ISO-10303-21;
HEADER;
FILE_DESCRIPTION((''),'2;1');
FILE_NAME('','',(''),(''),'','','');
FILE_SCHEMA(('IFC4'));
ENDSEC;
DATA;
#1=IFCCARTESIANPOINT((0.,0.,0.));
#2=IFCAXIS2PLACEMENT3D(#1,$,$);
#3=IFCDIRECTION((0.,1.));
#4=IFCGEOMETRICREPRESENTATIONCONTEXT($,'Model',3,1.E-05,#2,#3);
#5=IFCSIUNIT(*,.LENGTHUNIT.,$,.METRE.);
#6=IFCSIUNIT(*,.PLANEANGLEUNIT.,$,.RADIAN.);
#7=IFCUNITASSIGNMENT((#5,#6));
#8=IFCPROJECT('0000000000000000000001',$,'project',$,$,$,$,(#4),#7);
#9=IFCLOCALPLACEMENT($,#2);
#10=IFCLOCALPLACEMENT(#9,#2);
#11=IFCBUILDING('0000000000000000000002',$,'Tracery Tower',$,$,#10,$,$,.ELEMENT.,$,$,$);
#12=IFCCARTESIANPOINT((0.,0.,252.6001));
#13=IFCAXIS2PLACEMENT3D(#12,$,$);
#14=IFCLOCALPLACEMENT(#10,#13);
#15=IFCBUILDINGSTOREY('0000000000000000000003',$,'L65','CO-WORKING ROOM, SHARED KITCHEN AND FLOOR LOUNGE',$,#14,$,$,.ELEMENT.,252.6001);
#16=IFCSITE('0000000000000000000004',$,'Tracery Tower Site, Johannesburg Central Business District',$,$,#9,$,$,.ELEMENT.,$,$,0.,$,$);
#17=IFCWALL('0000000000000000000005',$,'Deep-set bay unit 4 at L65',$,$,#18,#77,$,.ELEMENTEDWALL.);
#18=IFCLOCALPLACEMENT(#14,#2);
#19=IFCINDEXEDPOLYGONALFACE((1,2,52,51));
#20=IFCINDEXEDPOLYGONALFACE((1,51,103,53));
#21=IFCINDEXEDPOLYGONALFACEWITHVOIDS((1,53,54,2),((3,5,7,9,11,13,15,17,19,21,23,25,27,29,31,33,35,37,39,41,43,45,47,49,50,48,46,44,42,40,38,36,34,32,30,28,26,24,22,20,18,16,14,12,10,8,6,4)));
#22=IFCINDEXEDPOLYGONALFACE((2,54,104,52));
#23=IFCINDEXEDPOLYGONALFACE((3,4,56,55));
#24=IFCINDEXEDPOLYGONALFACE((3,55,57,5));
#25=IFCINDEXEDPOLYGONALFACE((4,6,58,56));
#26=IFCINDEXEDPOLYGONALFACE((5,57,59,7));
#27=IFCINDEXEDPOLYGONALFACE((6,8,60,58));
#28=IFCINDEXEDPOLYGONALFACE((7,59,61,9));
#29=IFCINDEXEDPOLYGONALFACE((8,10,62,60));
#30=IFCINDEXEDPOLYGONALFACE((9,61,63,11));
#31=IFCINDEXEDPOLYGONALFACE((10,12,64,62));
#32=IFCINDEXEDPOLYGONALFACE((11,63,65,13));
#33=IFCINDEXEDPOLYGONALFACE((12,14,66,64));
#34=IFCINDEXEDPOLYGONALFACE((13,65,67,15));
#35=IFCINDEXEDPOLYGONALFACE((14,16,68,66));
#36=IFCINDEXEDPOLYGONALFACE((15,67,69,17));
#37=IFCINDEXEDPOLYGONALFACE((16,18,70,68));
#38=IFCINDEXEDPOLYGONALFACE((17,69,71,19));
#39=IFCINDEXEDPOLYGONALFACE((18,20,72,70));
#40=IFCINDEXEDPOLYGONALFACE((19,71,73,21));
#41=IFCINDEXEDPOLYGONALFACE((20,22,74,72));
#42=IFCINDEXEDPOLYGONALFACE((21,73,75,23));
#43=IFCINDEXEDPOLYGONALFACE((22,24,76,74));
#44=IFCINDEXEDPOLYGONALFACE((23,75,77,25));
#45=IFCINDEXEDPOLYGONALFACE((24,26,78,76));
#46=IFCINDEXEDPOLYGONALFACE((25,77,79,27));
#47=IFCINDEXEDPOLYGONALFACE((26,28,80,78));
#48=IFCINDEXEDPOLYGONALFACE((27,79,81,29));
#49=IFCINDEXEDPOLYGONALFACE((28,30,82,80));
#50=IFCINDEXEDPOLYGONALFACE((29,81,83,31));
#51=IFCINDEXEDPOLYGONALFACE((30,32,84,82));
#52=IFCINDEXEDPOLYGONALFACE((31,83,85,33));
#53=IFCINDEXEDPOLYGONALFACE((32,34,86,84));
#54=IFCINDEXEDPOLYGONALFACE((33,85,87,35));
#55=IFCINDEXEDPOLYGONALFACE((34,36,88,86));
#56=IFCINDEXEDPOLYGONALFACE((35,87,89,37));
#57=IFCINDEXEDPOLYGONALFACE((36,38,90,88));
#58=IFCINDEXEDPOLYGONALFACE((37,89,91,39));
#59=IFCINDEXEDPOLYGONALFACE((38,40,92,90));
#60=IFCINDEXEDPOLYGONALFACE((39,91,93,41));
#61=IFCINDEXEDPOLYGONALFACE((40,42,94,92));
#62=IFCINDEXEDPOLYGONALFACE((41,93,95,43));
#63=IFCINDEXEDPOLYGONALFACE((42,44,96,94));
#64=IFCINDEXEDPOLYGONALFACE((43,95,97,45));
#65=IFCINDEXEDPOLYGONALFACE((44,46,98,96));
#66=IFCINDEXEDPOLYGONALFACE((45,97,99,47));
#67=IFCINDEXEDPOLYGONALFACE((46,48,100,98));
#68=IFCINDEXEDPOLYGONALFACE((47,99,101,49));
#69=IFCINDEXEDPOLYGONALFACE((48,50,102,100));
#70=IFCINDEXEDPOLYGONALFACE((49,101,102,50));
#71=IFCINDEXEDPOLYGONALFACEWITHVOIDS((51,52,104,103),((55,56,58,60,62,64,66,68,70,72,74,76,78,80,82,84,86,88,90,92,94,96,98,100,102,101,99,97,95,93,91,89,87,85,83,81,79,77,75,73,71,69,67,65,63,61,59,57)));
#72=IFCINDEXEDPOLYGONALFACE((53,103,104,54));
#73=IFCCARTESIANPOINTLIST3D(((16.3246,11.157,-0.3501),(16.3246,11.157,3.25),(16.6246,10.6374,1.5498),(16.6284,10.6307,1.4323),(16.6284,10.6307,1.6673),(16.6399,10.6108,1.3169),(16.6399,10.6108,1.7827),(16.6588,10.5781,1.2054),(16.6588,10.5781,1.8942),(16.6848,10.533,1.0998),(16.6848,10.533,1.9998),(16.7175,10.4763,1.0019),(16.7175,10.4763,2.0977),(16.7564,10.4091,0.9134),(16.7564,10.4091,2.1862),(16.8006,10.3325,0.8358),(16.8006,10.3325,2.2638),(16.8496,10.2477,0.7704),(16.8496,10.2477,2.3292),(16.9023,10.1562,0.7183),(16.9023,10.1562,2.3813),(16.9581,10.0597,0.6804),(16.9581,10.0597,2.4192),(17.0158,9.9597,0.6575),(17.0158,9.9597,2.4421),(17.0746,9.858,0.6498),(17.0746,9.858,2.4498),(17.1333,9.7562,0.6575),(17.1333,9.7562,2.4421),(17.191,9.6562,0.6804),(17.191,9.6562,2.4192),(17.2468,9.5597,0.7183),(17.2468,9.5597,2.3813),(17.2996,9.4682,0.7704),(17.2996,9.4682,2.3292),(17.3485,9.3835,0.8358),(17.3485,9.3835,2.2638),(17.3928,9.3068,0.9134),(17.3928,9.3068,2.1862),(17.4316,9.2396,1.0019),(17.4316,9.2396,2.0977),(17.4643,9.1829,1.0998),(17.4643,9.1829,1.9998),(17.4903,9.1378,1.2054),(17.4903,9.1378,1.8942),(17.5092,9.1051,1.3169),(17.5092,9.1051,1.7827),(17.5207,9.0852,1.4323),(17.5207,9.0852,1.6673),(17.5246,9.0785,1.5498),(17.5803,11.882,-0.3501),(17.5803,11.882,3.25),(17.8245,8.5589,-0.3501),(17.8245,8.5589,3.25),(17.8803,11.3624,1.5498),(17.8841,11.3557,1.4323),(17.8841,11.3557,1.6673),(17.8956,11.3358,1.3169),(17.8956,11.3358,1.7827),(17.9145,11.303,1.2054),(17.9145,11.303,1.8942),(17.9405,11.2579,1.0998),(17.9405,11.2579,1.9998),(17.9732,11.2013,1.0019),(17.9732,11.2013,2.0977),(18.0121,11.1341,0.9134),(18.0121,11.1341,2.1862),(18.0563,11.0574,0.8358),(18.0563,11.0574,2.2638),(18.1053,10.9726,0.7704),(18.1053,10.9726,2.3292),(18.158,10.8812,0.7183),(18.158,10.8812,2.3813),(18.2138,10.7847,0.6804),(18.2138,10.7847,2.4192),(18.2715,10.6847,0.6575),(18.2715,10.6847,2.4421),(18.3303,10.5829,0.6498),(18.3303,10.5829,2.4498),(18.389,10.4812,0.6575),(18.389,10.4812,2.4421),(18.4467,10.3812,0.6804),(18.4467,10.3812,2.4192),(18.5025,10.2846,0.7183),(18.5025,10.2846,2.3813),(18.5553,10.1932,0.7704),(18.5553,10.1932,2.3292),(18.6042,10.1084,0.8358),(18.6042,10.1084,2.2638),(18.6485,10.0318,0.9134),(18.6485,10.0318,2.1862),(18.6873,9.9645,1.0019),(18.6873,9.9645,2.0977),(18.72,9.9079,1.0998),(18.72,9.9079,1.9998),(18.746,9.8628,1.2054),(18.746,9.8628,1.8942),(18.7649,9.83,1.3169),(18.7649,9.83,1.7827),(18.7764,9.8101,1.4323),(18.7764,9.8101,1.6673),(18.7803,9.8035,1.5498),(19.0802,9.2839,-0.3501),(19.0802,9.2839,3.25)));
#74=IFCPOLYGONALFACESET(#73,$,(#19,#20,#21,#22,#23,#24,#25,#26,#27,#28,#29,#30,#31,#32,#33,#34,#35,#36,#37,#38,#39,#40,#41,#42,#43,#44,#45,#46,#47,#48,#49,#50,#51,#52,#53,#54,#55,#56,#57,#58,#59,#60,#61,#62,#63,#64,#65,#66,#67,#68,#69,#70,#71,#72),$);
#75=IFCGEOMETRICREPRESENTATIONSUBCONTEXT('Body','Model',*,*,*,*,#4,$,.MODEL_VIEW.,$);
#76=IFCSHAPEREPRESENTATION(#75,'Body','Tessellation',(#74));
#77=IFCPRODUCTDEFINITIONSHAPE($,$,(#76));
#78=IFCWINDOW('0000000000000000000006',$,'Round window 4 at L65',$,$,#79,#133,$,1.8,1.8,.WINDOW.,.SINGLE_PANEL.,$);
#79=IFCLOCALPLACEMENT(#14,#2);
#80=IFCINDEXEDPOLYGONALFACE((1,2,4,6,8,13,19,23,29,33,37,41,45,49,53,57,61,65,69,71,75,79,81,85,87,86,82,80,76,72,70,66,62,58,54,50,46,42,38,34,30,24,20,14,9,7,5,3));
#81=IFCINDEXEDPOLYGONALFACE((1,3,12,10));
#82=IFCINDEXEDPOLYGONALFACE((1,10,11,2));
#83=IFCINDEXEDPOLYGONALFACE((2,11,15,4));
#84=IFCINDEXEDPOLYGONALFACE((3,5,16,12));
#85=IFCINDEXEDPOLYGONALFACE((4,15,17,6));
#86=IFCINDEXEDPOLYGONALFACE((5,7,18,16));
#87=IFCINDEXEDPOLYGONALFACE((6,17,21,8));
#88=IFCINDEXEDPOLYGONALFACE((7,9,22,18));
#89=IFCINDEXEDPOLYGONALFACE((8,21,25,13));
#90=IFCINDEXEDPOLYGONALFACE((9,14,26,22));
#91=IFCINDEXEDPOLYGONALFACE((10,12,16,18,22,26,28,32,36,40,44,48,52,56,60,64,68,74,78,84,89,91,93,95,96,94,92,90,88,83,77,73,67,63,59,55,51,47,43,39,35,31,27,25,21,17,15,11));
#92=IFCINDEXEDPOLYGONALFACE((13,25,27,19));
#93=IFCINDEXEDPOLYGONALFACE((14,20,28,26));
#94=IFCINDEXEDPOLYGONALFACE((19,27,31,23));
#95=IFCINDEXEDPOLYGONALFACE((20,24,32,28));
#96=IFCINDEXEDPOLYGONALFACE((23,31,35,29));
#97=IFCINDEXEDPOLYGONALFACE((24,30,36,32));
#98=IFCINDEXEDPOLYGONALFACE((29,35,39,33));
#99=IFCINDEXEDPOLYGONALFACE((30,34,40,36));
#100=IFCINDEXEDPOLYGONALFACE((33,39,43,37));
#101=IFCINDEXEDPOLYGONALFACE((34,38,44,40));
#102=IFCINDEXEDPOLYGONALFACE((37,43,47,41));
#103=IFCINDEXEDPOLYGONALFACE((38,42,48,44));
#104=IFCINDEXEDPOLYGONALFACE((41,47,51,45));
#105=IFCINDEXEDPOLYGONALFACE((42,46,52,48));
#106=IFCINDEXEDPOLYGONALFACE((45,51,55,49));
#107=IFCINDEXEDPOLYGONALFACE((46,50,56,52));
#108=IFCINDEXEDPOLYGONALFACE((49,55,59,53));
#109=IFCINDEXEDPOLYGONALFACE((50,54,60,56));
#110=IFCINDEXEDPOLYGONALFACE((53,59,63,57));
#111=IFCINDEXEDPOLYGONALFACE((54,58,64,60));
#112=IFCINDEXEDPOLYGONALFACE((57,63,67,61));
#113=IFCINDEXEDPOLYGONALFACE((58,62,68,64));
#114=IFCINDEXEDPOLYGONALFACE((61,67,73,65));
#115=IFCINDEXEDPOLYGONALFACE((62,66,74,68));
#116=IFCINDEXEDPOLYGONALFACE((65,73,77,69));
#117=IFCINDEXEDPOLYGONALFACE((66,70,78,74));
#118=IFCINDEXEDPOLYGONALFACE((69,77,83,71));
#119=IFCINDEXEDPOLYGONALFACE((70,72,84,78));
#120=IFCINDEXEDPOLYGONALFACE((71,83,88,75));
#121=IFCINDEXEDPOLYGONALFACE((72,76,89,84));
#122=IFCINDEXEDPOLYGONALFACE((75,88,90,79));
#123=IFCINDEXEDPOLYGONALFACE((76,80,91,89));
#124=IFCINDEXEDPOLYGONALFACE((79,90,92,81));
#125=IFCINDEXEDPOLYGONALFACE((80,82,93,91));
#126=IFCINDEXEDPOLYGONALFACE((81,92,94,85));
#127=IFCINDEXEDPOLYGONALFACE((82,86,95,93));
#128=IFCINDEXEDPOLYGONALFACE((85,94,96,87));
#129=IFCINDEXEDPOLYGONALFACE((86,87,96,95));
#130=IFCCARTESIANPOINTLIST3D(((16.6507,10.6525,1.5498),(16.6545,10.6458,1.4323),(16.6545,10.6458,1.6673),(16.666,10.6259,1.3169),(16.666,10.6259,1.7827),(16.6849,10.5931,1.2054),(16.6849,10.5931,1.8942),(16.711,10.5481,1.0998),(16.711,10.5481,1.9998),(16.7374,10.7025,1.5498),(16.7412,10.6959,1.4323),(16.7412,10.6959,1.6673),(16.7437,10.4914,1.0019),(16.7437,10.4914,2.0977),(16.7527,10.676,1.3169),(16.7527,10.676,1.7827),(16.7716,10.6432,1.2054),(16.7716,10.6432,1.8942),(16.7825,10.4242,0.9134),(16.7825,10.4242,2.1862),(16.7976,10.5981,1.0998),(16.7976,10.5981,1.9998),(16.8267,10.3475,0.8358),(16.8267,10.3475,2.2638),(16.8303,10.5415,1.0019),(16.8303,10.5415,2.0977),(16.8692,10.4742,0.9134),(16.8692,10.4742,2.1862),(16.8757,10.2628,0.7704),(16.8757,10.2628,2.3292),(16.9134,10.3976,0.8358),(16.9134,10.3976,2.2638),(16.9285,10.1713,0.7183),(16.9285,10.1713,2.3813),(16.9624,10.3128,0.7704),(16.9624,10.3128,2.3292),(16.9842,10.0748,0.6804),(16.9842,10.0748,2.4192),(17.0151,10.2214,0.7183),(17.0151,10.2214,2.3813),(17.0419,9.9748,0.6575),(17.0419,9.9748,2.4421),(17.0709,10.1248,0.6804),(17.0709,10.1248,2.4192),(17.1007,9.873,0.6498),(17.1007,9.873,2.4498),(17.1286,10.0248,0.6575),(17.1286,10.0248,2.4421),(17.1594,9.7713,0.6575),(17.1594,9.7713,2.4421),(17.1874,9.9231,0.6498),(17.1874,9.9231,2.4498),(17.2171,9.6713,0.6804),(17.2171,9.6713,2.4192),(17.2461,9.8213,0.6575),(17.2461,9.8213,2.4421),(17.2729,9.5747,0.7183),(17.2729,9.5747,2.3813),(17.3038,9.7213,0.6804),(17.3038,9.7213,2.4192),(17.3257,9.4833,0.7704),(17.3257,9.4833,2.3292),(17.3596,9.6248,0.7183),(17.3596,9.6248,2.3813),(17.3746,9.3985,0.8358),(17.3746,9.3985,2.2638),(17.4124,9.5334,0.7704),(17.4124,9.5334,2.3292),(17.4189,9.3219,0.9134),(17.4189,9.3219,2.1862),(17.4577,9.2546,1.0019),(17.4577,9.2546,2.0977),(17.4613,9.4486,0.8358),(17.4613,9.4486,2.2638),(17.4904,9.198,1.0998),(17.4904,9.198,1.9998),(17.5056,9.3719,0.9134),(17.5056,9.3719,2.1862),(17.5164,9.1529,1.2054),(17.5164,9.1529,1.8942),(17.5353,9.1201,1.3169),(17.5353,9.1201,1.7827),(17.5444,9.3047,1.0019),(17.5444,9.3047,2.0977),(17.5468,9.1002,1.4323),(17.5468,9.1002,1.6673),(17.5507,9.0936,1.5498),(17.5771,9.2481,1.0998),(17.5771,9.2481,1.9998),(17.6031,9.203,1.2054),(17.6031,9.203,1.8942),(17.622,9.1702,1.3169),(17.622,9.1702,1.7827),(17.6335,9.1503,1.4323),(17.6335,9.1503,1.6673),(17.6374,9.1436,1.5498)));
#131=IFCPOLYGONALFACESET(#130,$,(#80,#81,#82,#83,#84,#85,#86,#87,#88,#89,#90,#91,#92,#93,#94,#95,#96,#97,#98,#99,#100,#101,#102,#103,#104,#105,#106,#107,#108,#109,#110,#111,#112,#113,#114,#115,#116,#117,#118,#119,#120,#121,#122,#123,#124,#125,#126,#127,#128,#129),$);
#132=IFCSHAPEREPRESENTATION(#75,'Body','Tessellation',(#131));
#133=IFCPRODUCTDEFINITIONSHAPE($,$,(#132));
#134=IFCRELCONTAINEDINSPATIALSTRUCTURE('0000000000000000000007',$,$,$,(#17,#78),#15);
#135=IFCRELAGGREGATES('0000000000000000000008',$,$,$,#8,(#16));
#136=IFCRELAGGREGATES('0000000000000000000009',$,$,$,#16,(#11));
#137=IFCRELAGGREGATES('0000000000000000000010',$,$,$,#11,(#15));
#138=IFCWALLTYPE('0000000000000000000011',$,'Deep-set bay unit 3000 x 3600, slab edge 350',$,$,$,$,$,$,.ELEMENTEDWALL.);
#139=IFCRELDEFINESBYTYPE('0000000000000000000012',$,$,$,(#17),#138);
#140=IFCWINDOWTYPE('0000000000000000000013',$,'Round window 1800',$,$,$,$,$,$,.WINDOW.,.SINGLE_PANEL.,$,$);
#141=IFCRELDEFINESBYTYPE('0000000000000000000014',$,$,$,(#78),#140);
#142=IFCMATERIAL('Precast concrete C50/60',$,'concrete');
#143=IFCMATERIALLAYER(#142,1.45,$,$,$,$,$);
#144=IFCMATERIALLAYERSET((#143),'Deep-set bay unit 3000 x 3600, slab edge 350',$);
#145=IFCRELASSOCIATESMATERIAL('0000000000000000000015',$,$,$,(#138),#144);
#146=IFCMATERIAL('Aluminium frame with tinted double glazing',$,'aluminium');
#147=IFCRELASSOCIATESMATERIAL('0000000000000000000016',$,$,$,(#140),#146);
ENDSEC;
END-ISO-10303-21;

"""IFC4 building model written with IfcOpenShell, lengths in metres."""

from ifc_helpers import new_model, si_unit, direction, frame, frame_2d, origin, origin_2d, place, context, subcontext, project, spatial, rectangle, circle, extrude, material, layer, layer_set, type_object, element, fill, save


model = new_model("IFC4")

# Units and contexts
model_context = context("Model", 3, precision=1e-05, world=origin(), true_north=direction((0.0, 1.0)))
body_context = subcontext(model_context, "Body", "Model", "MODEL_VIEW")
ifc_project = project(units=[si_unit("LENGTHUNIT", "METRE"), si_unit("PLANEANGLEUNIT", "RADIAN")], contexts=[model_context])

# Site, building, storey
site_placement = place(None, origin())
site = spatial("IfcSite", under=ifc_project, at=site_placement, Name="Tracery Tower Site, Johannesburg Central Business District", CompositionType="ELEMENT", RefElevation=0.0)
building_placement = place(site_placement, origin())
building = spatial("IfcBuilding", under=site, at=building_placement, Name="Tracery Tower", CompositionType="ELEMENT")
storey_placement = place(building_placement, frame((0.0, 0.0, 252.6001)))
storey = spatial("IfcBuildingStorey", under=building, at=storey_placement, Name="L65", Description="CO-WORKING ROOM, SHARED KITCHEN AND FLOOR LOUNGE", CompositionType="ELEMENT", Elevation=252.6001)

# Wall, opening, window
ifc_material_1 = material(Name="Precast concrete C50/60", Category="concrete")
ifc_layer_1 = layer(ifc_material_1, 1.45)
ifc_layer_set_1 = layer_set([ifc_layer_1], Name="Deep-set bay unit 3000 x 3600, slab edge 350")
wall_type_1 = type_object("IfcWallType", Name="Deep-set bay unit 3000 x 3600, slab edge 350", PredefinedType="ELEMENTEDWALL", material=ifc_layer_set_1)
wall_1_placement = place(storey_placement, frame((18.4524, 8.9214, -0.3501), z_axis=(0.0, 0.0, 1.0), x_axis=(-0.49999, 0.866031, 0.0)))
wall_1 = element("IfcWall", 1, at=wall_1_placement, inside=storey, type_object=wall_type_1, Name="Deep-set bay unit 4 at L65", PredefinedType="ELEMENTEDWALL", context=body_context, shape_type="SweptSolid", body=[
    extrude(rectangle(XDim=3.0, YDim=1.45, at=frame_2d((1.5, 0.0))), origin(), (0.0, 0.0, 1.0), 3.6001),
])
opening_1_placement = place(wall_1_placement, frame((1.5, 0.0, 1.8999)))
opening_1 = element("IfcOpeningElement", 2, at=opening_1_placement, cuts=wall_1, PredefinedType="OPENING", context=body_context, shape_type="SweptSolid", body=[
    extrude(circle(Radius=0.9, at=origin_2d()), frame((0.0, 0.7349, 0.0), z_axis=(0.0, -1.0, 0.0), x_axis=(1.0, 0.0, 0.0)), (0.0, 0.0, 1.0), 1.47),
])
ifc_material_2 = material(Name="Aluminium frame with tinted double glazing", Category="aluminium")
window_type = type_object("IfcWindowType", Name="Round window 1800", PartitioningType="SINGLE_PANEL", PredefinedType="WINDOW", material=ifc_material_2)
window_1_placement = place(opening_1_placement, origin())
window_1 = element("IfcWindow", 3, at=window_1_placement, inside=storey, type_object=window_type, Name="Round window 4 at L65", OverallHeight=1.8, OverallWidth=1.8, PartitioningType="SINGLE_PANEL", PredefinedType="WINDOW", context=body_context, shape_type="SweptSolid", body=[
    extrude(circle(Radius=0.9, at=origin_2d()), frame((0.0, 0.6948, 0.0), z_axis=(0.0, -1.0, 0.0), x_axis=(1.0, 0.0, 0.0)), (0.0, 0.0, 1.0), 0.1001),
])
fill(opening_1, window_1)

save(model, "model.ifc")
